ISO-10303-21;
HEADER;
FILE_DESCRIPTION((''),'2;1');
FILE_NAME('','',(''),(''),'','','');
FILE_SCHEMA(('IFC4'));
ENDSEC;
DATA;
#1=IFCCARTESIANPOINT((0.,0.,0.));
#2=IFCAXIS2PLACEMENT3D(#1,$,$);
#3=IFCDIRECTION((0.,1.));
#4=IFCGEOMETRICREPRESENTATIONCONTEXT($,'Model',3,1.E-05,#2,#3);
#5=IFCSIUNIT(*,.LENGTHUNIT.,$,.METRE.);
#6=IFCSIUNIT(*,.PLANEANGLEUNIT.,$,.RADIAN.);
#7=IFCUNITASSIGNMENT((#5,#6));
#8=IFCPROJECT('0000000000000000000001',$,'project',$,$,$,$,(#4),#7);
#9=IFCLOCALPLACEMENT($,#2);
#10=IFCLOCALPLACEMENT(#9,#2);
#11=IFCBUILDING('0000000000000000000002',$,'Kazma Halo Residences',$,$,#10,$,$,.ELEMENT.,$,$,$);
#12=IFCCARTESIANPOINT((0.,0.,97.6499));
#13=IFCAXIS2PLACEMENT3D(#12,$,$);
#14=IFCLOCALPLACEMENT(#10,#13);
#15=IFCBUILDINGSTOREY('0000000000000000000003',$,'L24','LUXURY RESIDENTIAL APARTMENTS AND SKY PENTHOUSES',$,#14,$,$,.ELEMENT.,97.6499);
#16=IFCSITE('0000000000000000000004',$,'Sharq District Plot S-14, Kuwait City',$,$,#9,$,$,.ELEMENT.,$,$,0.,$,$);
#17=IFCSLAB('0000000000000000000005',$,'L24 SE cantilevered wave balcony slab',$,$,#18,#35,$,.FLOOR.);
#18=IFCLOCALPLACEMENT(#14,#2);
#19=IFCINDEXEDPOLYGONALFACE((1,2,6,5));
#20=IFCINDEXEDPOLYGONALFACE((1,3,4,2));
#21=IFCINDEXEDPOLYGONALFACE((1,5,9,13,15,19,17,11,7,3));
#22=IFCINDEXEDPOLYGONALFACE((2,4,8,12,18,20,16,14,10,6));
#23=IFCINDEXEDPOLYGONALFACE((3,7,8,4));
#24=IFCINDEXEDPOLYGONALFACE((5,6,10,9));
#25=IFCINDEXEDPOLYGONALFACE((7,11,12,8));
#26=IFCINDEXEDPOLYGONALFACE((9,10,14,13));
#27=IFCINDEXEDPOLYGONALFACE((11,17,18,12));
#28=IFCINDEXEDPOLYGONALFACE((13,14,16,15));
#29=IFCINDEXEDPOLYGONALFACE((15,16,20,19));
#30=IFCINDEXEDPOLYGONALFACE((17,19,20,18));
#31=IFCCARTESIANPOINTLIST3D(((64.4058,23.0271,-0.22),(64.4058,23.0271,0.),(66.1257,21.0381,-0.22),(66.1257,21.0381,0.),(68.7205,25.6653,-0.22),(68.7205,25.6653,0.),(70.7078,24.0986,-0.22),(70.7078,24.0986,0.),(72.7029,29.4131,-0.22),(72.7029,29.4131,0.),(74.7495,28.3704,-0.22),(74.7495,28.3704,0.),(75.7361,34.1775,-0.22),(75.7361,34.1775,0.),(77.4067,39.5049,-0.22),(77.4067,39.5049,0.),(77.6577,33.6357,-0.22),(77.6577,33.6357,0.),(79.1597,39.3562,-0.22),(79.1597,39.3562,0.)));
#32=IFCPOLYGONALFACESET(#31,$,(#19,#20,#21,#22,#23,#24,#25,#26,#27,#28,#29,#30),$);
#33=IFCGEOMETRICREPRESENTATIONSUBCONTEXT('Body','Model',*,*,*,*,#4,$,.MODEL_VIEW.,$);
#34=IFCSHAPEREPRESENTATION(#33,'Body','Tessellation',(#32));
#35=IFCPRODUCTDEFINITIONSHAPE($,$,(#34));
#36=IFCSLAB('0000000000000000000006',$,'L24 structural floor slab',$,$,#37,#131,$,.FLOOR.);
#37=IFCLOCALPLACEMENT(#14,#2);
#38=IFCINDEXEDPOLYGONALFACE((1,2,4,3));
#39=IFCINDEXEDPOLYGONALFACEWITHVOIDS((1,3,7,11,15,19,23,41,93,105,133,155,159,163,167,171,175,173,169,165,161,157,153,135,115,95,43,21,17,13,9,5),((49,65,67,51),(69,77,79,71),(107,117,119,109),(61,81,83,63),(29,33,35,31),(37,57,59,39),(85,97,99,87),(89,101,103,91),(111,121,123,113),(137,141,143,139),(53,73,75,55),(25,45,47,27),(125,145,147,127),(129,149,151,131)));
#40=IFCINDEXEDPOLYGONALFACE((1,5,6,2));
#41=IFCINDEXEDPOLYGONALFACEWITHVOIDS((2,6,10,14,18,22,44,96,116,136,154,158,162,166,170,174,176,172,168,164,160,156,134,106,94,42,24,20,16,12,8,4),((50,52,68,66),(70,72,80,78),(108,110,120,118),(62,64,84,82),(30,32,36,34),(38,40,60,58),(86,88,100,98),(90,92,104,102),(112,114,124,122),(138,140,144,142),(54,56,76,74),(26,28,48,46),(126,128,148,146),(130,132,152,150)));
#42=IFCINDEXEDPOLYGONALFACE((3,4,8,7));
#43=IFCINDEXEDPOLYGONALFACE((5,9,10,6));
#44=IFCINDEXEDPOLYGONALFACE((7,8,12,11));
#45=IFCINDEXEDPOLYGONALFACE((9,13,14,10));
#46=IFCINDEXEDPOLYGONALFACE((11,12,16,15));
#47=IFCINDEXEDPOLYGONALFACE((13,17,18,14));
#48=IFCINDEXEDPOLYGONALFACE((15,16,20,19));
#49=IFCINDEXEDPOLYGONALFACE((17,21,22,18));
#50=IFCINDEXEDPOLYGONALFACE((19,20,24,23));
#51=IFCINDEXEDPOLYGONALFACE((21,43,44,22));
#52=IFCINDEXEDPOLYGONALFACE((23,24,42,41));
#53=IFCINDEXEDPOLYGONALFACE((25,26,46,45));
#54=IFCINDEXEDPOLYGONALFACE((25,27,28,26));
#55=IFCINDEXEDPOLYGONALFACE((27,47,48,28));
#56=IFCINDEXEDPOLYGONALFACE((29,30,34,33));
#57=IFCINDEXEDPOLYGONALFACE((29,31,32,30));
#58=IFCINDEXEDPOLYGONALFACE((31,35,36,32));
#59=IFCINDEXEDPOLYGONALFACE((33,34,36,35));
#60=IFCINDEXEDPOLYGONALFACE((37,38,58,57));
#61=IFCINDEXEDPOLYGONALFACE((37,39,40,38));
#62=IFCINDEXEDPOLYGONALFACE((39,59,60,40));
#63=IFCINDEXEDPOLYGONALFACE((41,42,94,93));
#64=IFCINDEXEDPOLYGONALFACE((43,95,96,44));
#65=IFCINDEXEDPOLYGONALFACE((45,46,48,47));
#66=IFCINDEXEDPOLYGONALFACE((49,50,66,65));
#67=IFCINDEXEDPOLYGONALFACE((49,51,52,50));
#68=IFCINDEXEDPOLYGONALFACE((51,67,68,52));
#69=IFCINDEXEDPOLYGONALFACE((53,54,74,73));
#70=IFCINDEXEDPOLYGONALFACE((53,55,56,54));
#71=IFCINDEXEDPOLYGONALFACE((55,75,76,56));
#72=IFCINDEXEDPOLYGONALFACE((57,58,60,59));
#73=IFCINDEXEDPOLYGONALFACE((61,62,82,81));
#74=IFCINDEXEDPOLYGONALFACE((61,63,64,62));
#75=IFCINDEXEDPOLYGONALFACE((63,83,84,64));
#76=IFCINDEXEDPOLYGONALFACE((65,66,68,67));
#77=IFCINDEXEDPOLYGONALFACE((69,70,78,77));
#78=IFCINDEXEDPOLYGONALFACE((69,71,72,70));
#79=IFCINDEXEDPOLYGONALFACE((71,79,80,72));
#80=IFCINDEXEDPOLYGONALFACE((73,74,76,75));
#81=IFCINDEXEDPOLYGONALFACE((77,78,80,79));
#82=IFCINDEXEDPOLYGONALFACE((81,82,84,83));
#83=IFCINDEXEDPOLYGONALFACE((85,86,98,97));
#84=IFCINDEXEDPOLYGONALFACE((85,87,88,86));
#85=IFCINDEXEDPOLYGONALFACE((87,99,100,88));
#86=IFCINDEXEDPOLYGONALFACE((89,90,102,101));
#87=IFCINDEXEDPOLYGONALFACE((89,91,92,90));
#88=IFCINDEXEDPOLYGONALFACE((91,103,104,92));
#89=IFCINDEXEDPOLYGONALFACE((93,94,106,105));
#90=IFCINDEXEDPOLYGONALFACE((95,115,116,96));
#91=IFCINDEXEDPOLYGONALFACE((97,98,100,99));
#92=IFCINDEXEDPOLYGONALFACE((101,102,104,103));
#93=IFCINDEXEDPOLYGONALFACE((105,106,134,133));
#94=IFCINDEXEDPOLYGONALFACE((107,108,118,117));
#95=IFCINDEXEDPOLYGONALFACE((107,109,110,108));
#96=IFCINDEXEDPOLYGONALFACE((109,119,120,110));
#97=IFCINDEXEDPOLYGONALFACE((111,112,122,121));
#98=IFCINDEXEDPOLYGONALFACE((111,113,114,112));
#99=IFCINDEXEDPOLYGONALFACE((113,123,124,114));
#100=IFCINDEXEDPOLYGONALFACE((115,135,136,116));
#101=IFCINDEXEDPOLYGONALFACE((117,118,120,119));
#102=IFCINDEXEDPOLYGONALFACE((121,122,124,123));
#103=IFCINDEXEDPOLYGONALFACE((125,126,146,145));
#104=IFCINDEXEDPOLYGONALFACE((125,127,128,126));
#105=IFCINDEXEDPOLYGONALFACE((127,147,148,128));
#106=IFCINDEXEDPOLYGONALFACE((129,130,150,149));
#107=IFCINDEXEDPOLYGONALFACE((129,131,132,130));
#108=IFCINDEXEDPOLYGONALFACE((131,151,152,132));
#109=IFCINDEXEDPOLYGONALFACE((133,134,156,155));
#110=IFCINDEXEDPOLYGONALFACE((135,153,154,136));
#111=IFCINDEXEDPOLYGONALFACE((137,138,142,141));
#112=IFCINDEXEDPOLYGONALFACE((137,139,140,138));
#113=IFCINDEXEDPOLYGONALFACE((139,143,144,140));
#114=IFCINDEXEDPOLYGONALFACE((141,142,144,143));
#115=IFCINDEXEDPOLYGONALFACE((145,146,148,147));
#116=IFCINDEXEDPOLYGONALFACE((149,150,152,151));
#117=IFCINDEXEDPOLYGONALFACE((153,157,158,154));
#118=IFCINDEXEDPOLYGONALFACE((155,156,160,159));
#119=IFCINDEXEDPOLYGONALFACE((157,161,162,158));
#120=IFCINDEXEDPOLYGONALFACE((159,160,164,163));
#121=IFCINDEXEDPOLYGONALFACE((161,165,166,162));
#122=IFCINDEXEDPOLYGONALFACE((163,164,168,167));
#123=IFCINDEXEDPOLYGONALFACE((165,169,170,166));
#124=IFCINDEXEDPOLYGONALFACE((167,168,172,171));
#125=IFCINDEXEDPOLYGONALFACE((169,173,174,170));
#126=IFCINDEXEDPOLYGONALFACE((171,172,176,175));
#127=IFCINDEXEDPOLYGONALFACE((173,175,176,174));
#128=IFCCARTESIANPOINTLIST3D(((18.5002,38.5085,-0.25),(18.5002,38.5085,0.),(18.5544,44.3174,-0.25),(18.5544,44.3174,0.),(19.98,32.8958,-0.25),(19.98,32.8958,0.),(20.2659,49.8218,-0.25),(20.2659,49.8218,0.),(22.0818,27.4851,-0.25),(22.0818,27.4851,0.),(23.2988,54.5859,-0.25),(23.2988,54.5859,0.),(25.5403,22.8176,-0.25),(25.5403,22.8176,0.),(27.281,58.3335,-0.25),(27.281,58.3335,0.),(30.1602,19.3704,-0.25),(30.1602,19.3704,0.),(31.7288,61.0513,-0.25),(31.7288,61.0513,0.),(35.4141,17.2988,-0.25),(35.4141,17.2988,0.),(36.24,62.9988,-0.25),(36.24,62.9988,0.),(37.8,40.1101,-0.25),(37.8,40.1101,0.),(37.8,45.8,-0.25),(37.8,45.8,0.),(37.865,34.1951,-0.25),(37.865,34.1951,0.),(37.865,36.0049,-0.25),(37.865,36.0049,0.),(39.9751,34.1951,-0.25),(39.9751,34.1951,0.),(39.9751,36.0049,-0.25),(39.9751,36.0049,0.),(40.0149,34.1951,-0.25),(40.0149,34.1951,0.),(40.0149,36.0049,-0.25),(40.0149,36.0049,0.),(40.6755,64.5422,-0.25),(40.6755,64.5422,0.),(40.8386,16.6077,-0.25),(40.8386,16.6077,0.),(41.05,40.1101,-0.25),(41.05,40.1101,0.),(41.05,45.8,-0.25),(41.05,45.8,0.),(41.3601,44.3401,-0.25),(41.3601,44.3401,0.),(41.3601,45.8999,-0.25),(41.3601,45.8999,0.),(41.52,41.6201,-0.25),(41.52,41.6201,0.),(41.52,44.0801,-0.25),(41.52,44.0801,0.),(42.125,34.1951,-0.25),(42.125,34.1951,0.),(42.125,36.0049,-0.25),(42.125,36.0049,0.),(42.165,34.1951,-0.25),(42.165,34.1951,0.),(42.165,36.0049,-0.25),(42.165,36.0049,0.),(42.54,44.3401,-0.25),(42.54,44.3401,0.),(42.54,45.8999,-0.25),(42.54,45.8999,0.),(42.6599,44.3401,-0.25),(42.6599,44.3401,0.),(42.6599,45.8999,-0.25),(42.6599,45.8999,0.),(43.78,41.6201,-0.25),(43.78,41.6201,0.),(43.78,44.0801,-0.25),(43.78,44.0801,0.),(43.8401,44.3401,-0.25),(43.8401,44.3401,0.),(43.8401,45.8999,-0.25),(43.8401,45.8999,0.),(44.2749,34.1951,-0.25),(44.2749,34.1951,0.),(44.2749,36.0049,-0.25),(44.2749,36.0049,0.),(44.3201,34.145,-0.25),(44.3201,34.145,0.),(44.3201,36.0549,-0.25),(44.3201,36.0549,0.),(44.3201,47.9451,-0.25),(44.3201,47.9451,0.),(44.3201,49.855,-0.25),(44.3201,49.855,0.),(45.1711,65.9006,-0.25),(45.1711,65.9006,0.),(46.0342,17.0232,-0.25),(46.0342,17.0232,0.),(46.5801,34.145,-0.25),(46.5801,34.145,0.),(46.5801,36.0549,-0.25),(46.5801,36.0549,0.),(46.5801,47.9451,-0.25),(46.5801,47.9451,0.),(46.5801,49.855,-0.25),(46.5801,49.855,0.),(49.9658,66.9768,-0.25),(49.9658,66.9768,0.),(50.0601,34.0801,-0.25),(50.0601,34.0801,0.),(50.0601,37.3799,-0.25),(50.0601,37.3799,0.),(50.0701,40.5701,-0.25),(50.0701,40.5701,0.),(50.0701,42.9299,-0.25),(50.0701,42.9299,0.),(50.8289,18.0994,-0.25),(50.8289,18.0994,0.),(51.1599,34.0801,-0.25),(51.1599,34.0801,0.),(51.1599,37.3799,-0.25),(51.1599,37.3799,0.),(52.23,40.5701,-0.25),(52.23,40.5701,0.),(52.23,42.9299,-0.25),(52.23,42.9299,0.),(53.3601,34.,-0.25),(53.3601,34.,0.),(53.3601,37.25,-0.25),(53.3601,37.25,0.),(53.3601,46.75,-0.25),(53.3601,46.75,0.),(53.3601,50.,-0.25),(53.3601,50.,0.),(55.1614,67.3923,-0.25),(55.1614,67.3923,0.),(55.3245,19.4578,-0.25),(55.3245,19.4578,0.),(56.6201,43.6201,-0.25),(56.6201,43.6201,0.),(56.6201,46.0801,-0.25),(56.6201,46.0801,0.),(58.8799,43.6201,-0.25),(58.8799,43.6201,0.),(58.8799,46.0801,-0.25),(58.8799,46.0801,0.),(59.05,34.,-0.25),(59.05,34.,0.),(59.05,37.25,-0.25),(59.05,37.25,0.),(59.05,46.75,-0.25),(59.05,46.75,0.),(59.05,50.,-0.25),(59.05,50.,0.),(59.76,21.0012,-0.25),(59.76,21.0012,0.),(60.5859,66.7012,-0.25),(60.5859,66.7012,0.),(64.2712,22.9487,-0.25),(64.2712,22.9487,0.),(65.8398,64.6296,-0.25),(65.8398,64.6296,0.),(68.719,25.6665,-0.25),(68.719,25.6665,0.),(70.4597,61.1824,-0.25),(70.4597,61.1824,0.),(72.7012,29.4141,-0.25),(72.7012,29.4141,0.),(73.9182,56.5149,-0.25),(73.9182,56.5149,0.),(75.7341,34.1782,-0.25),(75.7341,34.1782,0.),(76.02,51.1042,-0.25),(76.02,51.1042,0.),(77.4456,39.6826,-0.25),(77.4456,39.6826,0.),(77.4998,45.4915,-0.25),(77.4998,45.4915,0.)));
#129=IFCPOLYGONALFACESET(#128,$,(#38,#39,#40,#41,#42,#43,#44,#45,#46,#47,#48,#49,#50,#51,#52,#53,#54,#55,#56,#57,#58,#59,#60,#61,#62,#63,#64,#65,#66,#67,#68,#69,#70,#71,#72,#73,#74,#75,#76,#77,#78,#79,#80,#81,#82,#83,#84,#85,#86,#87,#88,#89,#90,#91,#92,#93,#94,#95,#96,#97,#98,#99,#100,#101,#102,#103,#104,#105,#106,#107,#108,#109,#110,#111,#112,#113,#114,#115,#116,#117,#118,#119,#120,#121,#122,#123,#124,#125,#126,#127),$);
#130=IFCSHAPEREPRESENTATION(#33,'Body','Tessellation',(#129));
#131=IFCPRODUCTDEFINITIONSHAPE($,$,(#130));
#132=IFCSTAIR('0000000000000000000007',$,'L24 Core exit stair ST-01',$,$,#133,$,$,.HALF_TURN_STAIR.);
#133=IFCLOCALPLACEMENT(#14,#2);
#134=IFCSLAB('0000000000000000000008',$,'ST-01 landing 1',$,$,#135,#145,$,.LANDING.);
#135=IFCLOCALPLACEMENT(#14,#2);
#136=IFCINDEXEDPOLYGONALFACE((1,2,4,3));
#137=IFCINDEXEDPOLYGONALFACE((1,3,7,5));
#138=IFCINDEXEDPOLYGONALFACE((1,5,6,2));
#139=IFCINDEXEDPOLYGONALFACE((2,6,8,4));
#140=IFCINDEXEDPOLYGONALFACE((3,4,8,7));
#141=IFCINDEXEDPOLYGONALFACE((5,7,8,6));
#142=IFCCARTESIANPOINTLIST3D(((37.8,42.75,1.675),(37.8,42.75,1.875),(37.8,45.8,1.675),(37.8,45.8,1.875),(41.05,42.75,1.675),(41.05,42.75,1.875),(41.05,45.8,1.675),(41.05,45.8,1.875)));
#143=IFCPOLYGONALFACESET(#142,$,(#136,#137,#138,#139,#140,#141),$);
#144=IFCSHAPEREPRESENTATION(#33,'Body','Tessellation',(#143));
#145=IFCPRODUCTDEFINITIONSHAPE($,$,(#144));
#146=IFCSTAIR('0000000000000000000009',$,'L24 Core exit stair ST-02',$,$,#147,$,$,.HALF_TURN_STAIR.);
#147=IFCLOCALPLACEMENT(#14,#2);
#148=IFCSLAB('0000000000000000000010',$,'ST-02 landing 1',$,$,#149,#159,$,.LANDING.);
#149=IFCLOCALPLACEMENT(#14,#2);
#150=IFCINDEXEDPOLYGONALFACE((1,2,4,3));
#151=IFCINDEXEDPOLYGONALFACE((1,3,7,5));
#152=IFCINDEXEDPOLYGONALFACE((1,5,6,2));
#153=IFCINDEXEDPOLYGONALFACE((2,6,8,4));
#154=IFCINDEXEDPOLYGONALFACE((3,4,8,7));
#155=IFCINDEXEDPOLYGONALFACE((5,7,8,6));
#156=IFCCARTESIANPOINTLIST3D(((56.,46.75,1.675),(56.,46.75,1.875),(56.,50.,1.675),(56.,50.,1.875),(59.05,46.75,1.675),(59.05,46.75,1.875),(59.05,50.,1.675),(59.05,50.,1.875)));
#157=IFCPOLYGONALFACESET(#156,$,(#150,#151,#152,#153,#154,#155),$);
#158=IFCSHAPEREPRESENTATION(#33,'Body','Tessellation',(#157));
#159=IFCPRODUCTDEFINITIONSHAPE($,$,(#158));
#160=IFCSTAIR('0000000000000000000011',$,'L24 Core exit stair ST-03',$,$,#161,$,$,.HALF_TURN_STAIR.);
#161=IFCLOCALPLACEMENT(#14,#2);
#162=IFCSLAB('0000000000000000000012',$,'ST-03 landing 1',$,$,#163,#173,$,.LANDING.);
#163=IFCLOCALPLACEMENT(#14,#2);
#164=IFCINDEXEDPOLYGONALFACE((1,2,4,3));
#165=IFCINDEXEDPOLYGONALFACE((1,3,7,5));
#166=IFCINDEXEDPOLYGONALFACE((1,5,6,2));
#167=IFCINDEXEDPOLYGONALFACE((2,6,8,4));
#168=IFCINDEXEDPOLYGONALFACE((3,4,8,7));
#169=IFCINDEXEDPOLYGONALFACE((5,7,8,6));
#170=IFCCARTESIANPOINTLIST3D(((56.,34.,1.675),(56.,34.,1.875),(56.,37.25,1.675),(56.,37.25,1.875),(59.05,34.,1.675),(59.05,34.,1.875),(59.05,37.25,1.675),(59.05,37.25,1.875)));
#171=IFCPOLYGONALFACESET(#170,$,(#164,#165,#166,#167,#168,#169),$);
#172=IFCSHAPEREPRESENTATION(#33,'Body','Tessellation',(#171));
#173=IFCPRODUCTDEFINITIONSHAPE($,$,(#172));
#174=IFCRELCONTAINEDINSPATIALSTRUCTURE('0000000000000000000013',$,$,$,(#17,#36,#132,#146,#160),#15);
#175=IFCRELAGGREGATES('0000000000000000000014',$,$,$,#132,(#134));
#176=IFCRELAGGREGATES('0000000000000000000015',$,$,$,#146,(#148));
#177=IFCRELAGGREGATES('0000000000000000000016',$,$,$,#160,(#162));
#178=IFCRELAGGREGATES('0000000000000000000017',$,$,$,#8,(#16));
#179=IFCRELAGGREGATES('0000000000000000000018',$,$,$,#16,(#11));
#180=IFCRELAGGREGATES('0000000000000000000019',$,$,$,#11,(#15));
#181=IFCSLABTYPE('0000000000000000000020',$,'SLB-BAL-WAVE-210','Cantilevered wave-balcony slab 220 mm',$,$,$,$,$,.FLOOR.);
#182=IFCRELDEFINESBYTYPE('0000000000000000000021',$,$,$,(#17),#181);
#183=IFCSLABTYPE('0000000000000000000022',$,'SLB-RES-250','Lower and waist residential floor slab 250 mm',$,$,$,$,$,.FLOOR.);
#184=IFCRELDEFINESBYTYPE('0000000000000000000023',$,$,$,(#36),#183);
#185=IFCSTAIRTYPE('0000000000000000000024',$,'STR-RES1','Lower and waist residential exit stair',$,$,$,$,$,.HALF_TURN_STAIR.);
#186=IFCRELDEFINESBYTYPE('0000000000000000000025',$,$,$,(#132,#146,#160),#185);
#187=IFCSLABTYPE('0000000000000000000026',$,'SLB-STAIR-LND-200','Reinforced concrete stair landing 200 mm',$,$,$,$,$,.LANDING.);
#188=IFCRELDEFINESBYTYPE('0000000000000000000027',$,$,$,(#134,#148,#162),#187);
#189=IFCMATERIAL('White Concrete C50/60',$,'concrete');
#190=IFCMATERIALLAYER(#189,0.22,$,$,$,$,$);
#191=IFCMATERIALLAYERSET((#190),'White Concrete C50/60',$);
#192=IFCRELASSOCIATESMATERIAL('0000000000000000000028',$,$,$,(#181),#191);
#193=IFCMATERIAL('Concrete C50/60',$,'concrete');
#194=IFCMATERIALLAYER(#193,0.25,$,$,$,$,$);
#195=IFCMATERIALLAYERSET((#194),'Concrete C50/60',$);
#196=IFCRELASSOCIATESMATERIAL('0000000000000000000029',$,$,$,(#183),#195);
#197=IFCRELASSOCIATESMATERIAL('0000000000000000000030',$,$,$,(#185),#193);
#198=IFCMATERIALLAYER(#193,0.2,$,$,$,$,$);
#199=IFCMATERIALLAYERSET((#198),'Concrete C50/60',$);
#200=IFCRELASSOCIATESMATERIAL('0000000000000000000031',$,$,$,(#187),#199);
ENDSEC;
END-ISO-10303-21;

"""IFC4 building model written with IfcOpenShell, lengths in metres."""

from ifc_helpers import new_model, si_unit, direction, frame, origin, place, context, subcontext, project, spatial, polyline, outline, extrude, material, layer, layer_set, type_object, element, aggregate, save


model = new_model("IFC4")

# Units and contexts
model_context = context("Model", 3, precision=1e-05, world=origin(), true_north=direction((0.0, 1.0)))
body_context = subcontext(model_context, "Body", "Model", "MODEL_VIEW")
ifc_project = project(units=[si_unit("LENGTHUNIT", "METRE"), si_unit("PLANEANGLEUNIT", "RADIAN")], contexts=[model_context])

# Site, building, storey
site_placement = place(None, origin())
site = spatial("IfcSite", under=ifc_project, at=site_placement, Name="Sharq District Plot S-14, Kuwait City", CompositionType="ELEMENT", RefElevation=0.0)
building_placement = place(site_placement, origin())
building = spatial("IfcBuilding", under=site, at=building_placement, Name="Kazma Halo Residences", CompositionType="ELEMENT")
storey_placement = place(building_placement, frame((0.0, 0.0, 97.6499)))
storey = spatial("IfcBuildingStorey", under=building, at=storey_placement, Name="L24", Description="LUXURY RESIDENTIAL APARTMENTS AND SKY PENTHOUSES", CompositionType="ELEMENT", Elevation=97.6499)

# Slabs
ifc_material_1 = material(Name="White Concrete C50/60", Category="concrete")
ifc_layer_1 = layer(ifc_material_1, 0.22)
ifc_layer_set_1 = layer_set([ifc_layer_1], Name="White Concrete C50/60")
slab_type_1 = type_object("IfcSlabType", Name="SLB-BAL-WAVE-210", Description="Cantilevered wave-balcony slab 220 mm", PredefinedType="FLOOR", material=ifc_layer_set_1)
slab_1_placement = place(storey_placement, frame((0.0, 0.0, -0.22)))
element("IfcSlab", 1, at=slab_1_placement, inside=storey, type_object=slab_type_1, Name="L24 SE cantilevered wave balcony slab", PredefinedType="FLOOR", context=body_context, shape_type="SweptSolid", body=[
    extrude(outline(polyline([(64.4058, 23.0271), (68.7205, 25.6653), (72.7029, 29.4131), (75.7361, 34.1775), (77.4067, 39.5049), (79.1597, 39.3562), (77.6577, 33.6357), (74.7495, 28.3704), (70.7078, 24.0986), (66.1257, 21.0381), (64.4058, 23.0271)])), origin(), (0.0, 0.0, 1.0), 0.22),
])
ifc_material_2 = material(Name="Concrete C50/60", Category="concrete")
ifc_layer_2 = layer(ifc_material_2, 0.25)
ifc_layer_set_2 = layer_set([ifc_layer_2], Name="Concrete C50/60")
slab_type_2 = type_object("IfcSlabType", Name="SLB-RES-250", Description="Lower and waist residential floor slab 250 mm", PredefinedType="FLOOR", material=ifc_layer_set_2)
slab_2_placement = place(storey_placement, frame((0.0, 0.0, -0.25)))
element("IfcSlab", 2, at=slab_2_placement, inside=storey, type_object=slab_type_2, Name="L24 structural floor slab", PredefinedType="FLOOR", context=body_context, shape_type="SweptSolid", body=[
    extrude(outline(polyline([(76.02, 51.1042), (73.9182, 56.5149), (70.4597, 61.1824), (65.8398, 64.6296), (60.5859, 66.7012), (55.1614, 67.3923), (49.9658, 66.9768), (45.1711, 65.9006), (40.6755, 64.5422), (36.24, 62.9988), (31.7288, 61.0513), (27.281, 58.3335), (23.2988, 54.5859), (20.2659, 49.8218), (18.5544, 44.3174), (18.5002, 38.5085), (19.98, 32.8958), (22.0818, 27.4851), (25.5403, 22.8176), (30.1602, 19.3704), (35.4141, 17.2988), (40.8386, 16.6077), (46.0342, 17.0232), (50.8289, 18.0994), (55.3245, 19.4578), (59.76, 21.0012), (64.2712, 22.9487), (68.719, 25.6665), (72.7012, 29.4141), (75.7341, 34.1782), (77.4456, 39.6826), (77.4998, 45.4915), (76.02, 51.1042)]), holes=[polyline([(37.8, 40.1101), (41.05, 40.1101), (41.05, 45.8), (37.8, 45.8), (37.8, 40.1101)]), polyline([(53.3601, 46.75), (59.05, 46.75), (59.05, 50.0), (53.3601, 50.0), (53.3601, 46.75)]), polyline([(53.3601, 34.0), (59.05, 34.0), (59.05, 37.25), (53.3601, 37.25), (53.3601, 34.0)]), polyline([(41.52, 41.6201), (43.78, 41.6201), (43.78, 44.0801), (41.52, 44.0801), (41.52, 41.6201)]), polyline([(56.6201, 43.6201), (58.8799, 43.6201), (58.8799, 46.0801), (56.6201, 46.0801), (56.6201, 43.6201)]), polyline([(37.865, 34.1951), (39.9751, 34.1951), (39.9751, 36.0049), (37.865, 36.0049), (37.865, 34.1951)]), polyline([(40.0149, 34.1951), (42.125, 34.1951), (42.125, 36.0049), (40.0149, 36.0049), (40.0149, 34.1951)]), polyline([(42.165, 34.1951), (44.2749, 34.1951), (44.2749, 36.0049), (42.165, 36.0049), (42.165, 34.1951)]), polyline([(44.3201, 47.9451), (46.5801, 47.9451), (46.5801, 49.855), (44.3201, 49.855), (44.3201, 47.9451)]), polyline([(44.3201, 34.145), (46.5801, 34.145), (46.5801, 36.0549), (44.3201, 36.0549), (44.3201, 34.145)]), polyline([(50.0701, 40.5701), (52.23, 40.5701), (52.23, 42.9299), (50.0701, 42.9299), (50.0701, 40.5701)]), polyline([(41.3601, 44.3401), (42.54, 44.3401), (42.54, 45.8999), (41.3601, 45.8999), (41.3601, 44.3401)]), polyline([(42.6599, 44.3401), (43.8401, 44.3401), (43.8401, 45.8999), (42.6599, 45.8999), (42.6599, 44.3401)]), polyline([(50.0601, 34.0801), (51.1599, 34.0801), (51.1599, 37.3799), (50.0601, 37.3799), (50.0601, 34.0801)])]), origin(), (0.0, 0.0, 1.0), 0.25),
])

# Stairs, slabs
stair_type = type_object("IfcStairType", Name="STR-RES1", Description="Lower and waist residential exit stair", PredefinedType="HALF_TURN_STAIR", material=ifc_material_2)
stair_1_placement = place(storey_placement, origin())
stair_1 = element("IfcStair", 3, at=stair_1_placement, inside=storey, type_object=stair_type, Name="L24 Core exit stair ST-01", PredefinedType="HALF_TURN_STAIR")
ifc_layer_3 = layer(ifc_material_2, 0.2)
ifc_layer_set_3 = layer_set([ifc_layer_3], Name="Concrete C50/60")
slab_type_3 = type_object("IfcSlabType", Name="SLB-STAIR-LND-200", Description="Reinforced concrete stair landing 200 mm", PredefinedType="LANDING", material=ifc_layer_set_3)
slab_3_placement = place(storey_placement, frame((0.0, 0.0, 1.675)))
slab_3 = element("IfcSlab", 4, at=slab_3_placement, type_object=slab_type_3, Name="ST-01 landing 1", PredefinedType="LANDING", context=body_context, shape_type="SweptSolid", body=[
    extrude(outline(polyline([(41.05, 42.75), (41.05, 45.8), (37.8, 45.8), (37.8, 42.75), (41.05, 42.75)])), origin(), (0.0, 0.0, 1.0), 0.2),
])
aggregate(stair_1, [slab_3])
stair_2_placement = place(storey_placement, origin())
stair_2 = element("IfcStair", 5, at=stair_2_placement, inside=storey, type_object=stair_type, Name="L24 Core exit stair ST-02", PredefinedType="HALF_TURN_STAIR")
slab_4_placement = place(storey_placement, frame((0.0, 0.0, 1.675)))
slab_4 = element("IfcSlab", 6, at=slab_4_placement, type_object=slab_type_3, Name="ST-02 landing 1", PredefinedType="LANDING", context=body_context, shape_type="SweptSolid", body=[
    extrude(outline(polyline([(56.0, 46.75), (59.05, 46.75), (59.05, 50.0), (56.0, 50.0), (56.0, 46.75)])), origin(), (0.0, 0.0, 1.0), 0.2),
])
aggregate(stair_2, [slab_4])
stair_3_placement = place(storey_placement, origin())
stair_3 = element("IfcStair", 7, at=stair_3_placement, inside=storey, type_object=stair_type, Name="L24 Core exit stair ST-03", PredefinedType="HALF_TURN_STAIR")
slab_5_placement = place(storey_placement, frame((0.0, 0.0, 1.675)))
slab_5 = element("IfcSlab", 8, at=slab_5_placement, type_object=slab_type_3, Name="ST-03 landing 1", PredefinedType="LANDING", context=body_context, shape_type="SweptSolid", body=[
    extrude(outline(polyline([(56.0, 34.0), (59.05, 34.0), (59.05, 37.25), (56.0, 37.25), (56.0, 34.0)])), origin(), (0.0, 0.0, 1.0), 0.2),
])
aggregate(stair_3, [slab_5])

save(model, "model.ifc")
